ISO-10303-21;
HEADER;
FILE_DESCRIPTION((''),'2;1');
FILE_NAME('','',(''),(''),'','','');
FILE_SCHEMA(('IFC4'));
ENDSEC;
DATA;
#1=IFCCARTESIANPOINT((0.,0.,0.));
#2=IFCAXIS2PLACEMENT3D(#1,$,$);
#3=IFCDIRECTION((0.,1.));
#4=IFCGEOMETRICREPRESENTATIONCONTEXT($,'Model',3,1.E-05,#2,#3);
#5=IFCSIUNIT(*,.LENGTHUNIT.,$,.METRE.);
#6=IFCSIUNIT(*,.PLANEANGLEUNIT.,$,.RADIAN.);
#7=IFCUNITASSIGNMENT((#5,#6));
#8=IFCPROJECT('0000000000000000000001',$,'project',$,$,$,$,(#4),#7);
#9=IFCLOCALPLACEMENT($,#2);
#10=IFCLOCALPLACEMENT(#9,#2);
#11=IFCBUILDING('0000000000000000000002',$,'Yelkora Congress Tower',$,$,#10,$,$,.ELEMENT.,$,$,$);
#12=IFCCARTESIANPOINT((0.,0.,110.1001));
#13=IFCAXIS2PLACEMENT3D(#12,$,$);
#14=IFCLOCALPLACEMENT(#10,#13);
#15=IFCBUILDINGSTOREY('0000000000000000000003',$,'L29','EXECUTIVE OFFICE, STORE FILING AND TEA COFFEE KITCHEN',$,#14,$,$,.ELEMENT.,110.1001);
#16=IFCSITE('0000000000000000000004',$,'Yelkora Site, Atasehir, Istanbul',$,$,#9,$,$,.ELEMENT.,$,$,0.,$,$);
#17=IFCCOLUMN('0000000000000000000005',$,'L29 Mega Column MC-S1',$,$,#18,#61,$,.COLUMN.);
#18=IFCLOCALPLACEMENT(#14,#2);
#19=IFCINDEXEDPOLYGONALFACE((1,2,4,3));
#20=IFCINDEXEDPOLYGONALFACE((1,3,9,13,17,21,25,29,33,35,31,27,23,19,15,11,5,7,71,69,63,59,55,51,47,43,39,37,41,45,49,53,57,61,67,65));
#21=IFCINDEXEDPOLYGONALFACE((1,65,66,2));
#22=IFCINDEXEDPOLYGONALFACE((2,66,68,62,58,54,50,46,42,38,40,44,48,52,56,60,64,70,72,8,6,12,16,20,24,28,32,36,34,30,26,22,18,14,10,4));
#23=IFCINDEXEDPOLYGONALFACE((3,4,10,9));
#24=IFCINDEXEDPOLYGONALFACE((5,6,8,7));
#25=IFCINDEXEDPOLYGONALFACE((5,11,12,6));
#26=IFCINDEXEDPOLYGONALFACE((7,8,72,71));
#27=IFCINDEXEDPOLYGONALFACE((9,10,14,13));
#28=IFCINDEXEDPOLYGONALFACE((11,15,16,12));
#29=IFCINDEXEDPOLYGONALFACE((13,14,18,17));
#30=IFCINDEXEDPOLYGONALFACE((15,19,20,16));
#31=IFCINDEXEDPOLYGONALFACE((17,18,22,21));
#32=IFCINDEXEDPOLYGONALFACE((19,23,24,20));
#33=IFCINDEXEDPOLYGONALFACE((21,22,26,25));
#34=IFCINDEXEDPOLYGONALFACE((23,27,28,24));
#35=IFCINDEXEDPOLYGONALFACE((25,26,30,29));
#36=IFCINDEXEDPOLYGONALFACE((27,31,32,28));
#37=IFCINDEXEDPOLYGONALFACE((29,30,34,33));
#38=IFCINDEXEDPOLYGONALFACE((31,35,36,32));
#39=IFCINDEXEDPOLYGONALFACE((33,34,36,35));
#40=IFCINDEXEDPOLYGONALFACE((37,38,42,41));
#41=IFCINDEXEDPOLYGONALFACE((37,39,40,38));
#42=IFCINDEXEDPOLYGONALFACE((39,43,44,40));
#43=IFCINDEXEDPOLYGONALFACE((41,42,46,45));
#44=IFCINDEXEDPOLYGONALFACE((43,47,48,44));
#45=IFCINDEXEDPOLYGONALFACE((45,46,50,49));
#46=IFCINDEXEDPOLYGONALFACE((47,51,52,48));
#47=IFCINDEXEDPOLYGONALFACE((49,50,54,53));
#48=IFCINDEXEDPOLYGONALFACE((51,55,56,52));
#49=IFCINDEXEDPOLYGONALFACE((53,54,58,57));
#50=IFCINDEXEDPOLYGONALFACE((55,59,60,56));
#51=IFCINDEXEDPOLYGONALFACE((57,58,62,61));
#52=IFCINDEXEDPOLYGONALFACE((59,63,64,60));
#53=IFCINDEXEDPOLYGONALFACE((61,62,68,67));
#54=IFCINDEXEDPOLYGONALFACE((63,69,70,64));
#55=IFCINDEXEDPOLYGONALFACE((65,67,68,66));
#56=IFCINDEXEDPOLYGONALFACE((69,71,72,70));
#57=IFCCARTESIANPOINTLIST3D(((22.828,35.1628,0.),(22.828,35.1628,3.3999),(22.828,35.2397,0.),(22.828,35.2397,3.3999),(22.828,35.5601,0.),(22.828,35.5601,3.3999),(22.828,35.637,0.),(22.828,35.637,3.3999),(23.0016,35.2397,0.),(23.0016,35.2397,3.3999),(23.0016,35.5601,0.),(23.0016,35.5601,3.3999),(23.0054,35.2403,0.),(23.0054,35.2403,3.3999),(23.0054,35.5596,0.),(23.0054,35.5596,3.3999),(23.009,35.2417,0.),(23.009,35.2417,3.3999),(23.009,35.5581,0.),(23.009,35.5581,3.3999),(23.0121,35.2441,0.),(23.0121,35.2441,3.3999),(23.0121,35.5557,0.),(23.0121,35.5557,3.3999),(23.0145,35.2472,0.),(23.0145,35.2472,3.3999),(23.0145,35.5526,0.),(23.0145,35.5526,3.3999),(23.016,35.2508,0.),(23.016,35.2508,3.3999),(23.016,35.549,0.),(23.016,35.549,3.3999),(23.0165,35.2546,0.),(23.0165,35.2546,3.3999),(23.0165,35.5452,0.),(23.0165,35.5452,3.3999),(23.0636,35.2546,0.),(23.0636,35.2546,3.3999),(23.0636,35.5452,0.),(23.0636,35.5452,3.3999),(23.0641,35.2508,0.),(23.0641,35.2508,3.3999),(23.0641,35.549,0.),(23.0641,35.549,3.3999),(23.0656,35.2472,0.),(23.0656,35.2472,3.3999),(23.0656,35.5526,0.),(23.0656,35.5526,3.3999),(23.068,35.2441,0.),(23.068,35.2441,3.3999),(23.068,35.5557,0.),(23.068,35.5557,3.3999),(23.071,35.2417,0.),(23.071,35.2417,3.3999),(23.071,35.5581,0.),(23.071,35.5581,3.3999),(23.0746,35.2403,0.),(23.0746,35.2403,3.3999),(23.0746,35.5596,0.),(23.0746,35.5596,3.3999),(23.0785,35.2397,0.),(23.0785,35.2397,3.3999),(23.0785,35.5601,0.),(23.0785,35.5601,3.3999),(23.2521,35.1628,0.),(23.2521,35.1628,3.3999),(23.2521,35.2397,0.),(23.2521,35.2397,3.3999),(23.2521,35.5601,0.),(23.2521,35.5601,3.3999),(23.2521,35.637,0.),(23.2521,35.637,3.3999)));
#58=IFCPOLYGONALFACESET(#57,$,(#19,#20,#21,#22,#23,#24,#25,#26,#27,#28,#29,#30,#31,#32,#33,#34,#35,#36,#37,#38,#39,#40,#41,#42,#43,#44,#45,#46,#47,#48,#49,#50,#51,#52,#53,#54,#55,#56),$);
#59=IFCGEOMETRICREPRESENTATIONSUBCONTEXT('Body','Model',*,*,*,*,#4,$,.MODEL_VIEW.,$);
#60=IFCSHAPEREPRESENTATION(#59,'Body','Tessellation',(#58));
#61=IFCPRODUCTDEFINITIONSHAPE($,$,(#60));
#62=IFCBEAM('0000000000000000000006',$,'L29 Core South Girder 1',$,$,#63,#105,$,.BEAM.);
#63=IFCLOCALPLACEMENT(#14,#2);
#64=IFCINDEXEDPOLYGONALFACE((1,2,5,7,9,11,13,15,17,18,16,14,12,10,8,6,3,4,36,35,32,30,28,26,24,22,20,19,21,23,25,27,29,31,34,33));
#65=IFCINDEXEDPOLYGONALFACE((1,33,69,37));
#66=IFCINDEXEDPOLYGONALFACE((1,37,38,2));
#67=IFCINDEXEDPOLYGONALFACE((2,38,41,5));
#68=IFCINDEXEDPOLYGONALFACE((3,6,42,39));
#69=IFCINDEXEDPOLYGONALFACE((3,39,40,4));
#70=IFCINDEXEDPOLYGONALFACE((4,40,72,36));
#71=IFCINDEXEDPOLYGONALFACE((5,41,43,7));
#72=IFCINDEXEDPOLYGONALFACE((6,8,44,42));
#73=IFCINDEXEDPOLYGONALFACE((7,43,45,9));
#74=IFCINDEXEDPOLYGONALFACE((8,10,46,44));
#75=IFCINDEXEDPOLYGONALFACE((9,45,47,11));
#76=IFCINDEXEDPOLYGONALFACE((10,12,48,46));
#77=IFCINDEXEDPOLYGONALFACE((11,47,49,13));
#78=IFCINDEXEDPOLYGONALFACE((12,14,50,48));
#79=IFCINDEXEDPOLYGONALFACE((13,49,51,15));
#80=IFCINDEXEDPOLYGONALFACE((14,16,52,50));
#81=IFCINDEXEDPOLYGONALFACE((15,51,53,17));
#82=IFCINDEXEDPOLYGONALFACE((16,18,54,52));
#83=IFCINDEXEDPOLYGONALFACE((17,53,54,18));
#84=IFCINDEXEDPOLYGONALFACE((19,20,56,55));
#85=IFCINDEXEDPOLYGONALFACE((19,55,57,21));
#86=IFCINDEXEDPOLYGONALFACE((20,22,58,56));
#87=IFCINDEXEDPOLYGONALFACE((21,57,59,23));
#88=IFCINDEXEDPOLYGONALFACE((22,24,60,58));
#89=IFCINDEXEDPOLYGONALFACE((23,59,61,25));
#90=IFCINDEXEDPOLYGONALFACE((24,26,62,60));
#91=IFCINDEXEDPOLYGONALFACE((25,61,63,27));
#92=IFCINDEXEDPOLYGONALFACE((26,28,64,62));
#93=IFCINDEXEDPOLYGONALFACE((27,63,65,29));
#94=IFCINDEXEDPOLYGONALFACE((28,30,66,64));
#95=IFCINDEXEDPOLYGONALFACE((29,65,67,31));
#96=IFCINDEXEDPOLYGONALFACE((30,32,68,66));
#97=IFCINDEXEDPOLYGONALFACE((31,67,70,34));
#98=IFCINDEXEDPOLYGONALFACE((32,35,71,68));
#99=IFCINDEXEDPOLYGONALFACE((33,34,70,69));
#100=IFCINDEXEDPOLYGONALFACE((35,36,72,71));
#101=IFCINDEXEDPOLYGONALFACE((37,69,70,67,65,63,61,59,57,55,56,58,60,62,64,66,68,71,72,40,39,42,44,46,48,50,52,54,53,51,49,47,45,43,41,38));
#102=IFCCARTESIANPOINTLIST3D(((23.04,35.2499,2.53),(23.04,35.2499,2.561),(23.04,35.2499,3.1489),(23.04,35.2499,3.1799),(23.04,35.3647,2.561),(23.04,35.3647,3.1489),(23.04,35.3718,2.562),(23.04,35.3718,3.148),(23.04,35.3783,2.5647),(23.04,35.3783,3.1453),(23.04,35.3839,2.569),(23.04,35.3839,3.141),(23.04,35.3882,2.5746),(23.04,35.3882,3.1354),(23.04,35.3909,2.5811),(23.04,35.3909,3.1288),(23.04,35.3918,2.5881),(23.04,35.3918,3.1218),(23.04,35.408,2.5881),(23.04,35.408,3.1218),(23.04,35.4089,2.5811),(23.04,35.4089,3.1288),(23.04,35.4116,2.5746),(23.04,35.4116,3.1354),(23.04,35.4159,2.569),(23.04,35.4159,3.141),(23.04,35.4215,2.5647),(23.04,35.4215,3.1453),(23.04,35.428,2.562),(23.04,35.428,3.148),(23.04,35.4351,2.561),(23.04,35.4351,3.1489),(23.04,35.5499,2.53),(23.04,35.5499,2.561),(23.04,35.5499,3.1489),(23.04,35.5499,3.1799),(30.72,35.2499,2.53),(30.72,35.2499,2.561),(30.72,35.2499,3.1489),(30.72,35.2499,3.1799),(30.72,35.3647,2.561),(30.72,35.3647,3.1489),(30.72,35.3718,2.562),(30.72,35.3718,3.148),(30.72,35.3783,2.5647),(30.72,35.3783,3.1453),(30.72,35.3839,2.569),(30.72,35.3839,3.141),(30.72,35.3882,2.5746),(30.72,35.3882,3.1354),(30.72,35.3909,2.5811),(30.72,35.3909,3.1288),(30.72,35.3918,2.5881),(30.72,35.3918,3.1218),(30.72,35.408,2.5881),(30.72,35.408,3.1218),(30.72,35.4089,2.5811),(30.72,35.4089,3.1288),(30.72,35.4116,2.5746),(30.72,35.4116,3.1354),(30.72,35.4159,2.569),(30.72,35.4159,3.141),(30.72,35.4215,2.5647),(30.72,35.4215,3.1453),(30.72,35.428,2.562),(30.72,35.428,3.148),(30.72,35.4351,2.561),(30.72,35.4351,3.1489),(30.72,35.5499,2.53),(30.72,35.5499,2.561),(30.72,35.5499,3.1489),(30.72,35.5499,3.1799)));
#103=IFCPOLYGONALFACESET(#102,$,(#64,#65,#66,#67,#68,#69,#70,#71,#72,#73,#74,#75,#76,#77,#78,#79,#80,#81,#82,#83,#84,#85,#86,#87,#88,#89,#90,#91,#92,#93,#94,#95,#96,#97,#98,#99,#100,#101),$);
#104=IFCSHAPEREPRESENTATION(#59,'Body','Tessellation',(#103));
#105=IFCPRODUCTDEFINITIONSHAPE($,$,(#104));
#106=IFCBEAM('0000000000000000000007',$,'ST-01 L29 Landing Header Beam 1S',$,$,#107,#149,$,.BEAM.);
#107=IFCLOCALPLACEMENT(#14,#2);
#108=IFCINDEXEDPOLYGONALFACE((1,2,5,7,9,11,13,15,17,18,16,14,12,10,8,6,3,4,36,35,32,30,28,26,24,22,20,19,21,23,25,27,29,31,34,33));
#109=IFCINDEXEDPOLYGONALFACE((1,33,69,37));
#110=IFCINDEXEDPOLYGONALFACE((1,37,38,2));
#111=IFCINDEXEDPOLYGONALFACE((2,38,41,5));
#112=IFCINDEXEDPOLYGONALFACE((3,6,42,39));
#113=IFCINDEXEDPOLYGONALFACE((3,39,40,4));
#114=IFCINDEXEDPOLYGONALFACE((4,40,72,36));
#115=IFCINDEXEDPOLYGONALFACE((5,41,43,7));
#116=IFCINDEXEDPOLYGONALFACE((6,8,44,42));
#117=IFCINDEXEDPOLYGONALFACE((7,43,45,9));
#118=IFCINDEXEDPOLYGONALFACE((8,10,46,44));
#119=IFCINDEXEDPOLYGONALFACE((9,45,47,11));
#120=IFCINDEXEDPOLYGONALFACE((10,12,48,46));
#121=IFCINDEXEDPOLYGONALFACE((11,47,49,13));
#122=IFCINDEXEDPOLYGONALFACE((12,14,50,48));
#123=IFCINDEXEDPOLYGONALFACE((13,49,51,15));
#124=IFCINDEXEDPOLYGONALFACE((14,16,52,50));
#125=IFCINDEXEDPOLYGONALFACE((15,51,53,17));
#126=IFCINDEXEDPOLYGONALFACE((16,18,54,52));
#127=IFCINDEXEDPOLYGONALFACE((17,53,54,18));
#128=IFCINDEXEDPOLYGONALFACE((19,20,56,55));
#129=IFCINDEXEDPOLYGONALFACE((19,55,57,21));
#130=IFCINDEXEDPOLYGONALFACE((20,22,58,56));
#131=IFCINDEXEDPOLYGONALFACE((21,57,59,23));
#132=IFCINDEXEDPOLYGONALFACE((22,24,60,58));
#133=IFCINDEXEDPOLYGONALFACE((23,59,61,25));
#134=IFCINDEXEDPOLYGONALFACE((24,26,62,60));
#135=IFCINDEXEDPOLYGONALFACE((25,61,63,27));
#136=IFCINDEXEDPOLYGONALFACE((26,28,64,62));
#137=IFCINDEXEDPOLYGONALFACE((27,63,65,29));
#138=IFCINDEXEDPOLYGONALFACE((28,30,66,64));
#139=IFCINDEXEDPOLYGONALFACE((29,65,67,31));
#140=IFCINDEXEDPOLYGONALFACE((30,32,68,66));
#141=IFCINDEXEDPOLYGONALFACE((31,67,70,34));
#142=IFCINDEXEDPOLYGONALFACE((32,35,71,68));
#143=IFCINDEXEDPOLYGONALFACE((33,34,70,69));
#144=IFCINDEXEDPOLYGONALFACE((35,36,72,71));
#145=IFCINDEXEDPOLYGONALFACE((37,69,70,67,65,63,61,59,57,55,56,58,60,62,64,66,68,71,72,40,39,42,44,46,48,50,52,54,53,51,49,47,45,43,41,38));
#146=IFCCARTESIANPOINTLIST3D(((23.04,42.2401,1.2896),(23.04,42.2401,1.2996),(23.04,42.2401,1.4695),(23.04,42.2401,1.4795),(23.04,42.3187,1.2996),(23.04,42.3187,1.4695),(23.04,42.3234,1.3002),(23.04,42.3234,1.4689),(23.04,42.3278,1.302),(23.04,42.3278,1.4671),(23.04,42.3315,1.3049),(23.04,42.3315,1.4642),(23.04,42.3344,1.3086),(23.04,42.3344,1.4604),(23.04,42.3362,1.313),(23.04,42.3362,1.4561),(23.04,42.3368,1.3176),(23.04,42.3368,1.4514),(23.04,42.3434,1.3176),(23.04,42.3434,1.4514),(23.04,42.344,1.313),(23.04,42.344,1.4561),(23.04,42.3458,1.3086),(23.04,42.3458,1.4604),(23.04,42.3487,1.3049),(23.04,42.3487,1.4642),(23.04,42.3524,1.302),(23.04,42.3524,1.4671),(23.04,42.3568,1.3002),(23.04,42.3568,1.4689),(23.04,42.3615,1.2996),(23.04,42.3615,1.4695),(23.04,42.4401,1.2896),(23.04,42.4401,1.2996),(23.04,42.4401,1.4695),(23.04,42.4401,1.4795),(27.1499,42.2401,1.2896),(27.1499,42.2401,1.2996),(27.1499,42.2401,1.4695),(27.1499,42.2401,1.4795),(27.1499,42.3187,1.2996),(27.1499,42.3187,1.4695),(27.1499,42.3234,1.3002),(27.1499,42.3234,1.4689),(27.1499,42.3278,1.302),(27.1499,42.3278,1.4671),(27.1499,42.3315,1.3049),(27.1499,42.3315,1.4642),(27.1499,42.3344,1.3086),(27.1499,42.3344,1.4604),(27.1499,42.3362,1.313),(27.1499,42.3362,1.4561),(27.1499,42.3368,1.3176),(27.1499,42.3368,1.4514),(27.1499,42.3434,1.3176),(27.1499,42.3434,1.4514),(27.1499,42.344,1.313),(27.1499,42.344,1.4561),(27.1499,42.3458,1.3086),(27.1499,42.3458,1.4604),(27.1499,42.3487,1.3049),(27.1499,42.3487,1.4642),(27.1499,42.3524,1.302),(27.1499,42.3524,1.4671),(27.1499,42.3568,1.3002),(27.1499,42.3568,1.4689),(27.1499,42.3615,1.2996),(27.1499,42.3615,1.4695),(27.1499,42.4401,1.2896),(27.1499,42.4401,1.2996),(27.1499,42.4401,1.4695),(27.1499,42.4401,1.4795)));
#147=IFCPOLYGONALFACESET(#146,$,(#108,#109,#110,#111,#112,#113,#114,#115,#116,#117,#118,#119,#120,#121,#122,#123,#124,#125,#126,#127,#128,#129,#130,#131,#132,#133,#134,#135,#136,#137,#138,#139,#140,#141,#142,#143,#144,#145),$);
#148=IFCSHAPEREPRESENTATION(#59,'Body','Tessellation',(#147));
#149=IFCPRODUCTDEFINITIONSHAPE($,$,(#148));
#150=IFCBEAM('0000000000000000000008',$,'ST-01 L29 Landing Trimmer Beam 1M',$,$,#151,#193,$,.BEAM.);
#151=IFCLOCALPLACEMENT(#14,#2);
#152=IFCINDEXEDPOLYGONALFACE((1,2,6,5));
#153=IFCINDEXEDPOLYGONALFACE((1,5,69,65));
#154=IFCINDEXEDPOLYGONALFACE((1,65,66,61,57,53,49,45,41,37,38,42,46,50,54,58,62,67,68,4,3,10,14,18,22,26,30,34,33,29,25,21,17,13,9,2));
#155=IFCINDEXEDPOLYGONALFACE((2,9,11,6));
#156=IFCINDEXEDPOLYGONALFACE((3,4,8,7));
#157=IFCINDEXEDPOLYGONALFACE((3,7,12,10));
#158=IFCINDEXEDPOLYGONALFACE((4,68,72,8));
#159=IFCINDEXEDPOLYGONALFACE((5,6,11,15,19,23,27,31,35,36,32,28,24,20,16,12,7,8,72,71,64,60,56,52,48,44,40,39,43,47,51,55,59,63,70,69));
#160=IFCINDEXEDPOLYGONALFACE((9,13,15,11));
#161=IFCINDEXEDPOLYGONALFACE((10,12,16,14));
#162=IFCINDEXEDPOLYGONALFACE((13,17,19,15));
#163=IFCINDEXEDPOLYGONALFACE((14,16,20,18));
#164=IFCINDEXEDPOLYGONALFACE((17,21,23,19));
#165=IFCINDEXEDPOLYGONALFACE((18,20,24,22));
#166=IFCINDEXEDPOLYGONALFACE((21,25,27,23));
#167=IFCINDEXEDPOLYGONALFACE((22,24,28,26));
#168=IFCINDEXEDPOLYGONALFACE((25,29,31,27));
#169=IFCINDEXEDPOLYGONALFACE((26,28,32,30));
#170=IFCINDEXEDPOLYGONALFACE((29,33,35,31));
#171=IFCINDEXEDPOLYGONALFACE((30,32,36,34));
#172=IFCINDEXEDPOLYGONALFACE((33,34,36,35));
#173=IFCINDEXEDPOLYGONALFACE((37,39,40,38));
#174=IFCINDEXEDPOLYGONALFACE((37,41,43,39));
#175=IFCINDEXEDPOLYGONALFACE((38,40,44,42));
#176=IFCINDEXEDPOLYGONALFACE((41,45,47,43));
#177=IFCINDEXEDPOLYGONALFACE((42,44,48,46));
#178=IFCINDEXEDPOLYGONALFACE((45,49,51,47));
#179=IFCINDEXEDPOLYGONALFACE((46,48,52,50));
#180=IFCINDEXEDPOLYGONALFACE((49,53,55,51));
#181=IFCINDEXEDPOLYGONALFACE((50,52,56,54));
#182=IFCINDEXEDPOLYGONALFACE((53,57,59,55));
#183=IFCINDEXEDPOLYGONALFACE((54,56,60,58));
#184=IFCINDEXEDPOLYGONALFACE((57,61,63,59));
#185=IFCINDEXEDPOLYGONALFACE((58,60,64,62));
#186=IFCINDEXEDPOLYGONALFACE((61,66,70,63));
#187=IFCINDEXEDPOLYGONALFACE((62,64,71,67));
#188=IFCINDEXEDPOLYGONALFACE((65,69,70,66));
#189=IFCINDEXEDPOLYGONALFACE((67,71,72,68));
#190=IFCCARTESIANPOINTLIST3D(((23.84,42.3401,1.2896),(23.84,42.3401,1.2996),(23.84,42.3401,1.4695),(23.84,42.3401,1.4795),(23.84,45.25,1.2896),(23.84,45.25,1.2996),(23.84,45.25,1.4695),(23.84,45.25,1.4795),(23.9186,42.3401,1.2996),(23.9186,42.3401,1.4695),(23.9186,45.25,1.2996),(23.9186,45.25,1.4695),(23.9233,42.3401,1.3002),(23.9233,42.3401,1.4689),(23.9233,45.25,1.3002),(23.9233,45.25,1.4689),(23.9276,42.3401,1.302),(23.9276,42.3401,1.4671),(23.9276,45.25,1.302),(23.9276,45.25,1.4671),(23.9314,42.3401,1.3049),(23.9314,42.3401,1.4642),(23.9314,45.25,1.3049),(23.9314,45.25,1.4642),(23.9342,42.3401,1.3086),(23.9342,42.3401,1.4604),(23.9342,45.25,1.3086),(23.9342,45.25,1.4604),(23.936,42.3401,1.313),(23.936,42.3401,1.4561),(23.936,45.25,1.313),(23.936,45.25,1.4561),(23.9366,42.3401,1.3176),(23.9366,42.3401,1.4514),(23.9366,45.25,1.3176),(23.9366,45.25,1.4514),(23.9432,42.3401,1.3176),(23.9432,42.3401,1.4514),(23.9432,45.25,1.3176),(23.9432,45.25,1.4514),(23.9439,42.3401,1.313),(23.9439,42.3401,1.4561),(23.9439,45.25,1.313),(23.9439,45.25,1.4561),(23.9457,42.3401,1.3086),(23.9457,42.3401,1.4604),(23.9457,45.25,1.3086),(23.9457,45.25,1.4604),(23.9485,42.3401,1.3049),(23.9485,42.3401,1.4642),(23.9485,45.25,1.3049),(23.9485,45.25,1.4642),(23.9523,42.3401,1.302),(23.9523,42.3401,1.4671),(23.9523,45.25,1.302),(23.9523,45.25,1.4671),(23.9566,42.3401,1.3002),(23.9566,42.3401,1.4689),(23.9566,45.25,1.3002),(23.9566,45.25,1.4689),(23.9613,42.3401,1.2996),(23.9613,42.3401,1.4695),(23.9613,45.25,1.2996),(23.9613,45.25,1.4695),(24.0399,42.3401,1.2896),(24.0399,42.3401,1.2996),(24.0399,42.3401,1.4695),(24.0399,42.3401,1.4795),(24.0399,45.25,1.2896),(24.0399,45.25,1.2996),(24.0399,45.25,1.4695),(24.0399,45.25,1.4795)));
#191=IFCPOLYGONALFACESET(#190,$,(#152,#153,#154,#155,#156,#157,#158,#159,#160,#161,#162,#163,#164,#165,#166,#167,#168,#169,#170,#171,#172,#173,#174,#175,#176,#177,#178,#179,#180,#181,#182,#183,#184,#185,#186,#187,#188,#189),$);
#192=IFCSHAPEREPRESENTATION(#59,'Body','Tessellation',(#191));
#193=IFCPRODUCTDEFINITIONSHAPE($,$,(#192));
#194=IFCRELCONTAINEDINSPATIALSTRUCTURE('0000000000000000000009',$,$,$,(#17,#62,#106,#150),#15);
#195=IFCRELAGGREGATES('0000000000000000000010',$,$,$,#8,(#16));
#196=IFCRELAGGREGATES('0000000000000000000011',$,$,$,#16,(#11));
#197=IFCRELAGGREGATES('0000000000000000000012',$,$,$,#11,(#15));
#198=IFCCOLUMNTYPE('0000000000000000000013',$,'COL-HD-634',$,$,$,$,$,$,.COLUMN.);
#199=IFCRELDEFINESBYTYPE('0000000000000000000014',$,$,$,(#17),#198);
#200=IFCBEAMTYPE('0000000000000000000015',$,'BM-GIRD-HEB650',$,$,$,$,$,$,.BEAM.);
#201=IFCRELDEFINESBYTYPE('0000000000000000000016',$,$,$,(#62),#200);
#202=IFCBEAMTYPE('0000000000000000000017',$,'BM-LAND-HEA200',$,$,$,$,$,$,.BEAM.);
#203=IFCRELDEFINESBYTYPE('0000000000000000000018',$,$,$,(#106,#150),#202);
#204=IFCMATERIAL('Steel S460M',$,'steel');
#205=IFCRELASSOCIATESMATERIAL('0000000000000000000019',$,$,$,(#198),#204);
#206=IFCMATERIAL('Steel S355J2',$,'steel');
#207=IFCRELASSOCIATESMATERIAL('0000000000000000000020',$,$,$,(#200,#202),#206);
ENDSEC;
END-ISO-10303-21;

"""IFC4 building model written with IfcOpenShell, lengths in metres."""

from ifc_helpers import new_model, si_unit, direction, frame, origin, origin_2d, place, context, subcontext, project, spatial, i_section, extrude, material, material_profile, profile_set, type_object, element, save


model = new_model("IFC4")

# Units and contexts
model_context = context("Model", 3, precision=1e-05, world=origin(), true_north=direction((0.0, 1.0)))
body_context = subcontext(model_context, "Body", "Model", "MODEL_VIEW")
ifc_project = project(units=[si_unit("LENGTHUNIT", "METRE"), si_unit("PLANEANGLEUNIT", "RADIAN")], contexts=[model_context])

# Site, building, storey
site_placement = place(None, origin())
site = spatial("IfcSite", under=ifc_project, at=site_placement, Name="Yelkora Site, Atasehir, Istanbul", CompositionType="ELEMENT", RefElevation=0.0)
building_placement = place(site_placement, origin())
building = spatial("IfcBuilding", under=site, at=building_placement, Name="Yelkora Congress Tower", CompositionType="ELEMENT")
storey_placement = place(building_placement, frame((0.0, 0.0, 110.1001)))
storey = spatial("IfcBuildingStorey", under=building, at=storey_placement, Name="L29", Description="EXECUTIVE OFFICE, STORE FILING AND TEA COFFEE KITCHEN", CompositionType="ELEMENT", Elevation=110.1001)

# Column
ifc_material_1 = material(Name="Steel S460M", Category="steel")
ifc_material_profile_1 = material_profile(ifc_material_1, i_section(OverallWidth=0.4241, OverallDepth=0.4741, WebThickness=0.0471, FlangeThickness=0.0769, FilletRadius=0.0149, at=origin_2d()), Name="HD 400x634")
ifc_profile_set_1 = profile_set([ifc_material_profile_1], Name="Steel S460M")
column_type = type_object("IfcColumnType", Name="COL-HD-634", PredefinedType="COLUMN", material=ifc_profile_set_1)
column_placement = place(storey_placement, frame((23.04, 35.3999, 0.0), z_axis=(0.0, 0.0, 1.0), x_axis=(1.0, 0.0, 0.0)))
element("IfcColumn", 1, at=column_placement, inside=storey, type_object=column_type, Name="L29 Mega Column MC-S1", PredefinedType="COLUMN", context=body_context, shape_type="SweptSolid", body=[
    extrude(i_section(OverallWidth=0.4241, OverallDepth=0.4741, WebThickness=0.0471, FlangeThickness=0.0769, FilletRadius=0.0149, at=origin_2d()), origin(), (0.0, 0.0, 1.0), 3.3999),
])

# Beams
ifc_material_2 = material(Name="Steel S355J2", Category="steel")
ifc_material_profile_2 = material_profile(ifc_material_2, i_section(OverallWidth=0.3, OverallDepth=0.6499, WebThickness=0.0161, FlangeThickness=0.031, FilletRadius=0.0271, at=origin_2d()), Name="HEB 650")
ifc_profile_set_2 = profile_set([ifc_material_profile_2], Name="Steel S355J2")
beam_type_1 = type_object("IfcBeamType", Name="BM-GIRD-HEB650", PredefinedType="BEAM", material=ifc_profile_set_2)
beam_1_placement = place(storey_placement, frame((23.04, 35.3999, 2.855), z_axis=(1.0, 0.0, 0.0), x_axis=(0.0, 1.0, 0.0)))
element("IfcBeam", 2, at=beam_1_placement, inside=storey, type_object=beam_type_1, Name="L29 Core South Girder 1", PredefinedType="BEAM", context=body_context, shape_type="SweptSolid", body=[
    extrude(i_section(OverallWidth=0.3, OverallDepth=0.6499, WebThickness=0.0161, FlangeThickness=0.031, FilletRadius=0.0271, at=origin_2d()), origin(), (0.0, 0.0, 1.0), 7.6799),
])
ifc_material_profile_3 = material_profile(ifc_material_2, i_section(OverallWidth=0.2, OverallDepth=0.1899, WebThickness=0.0066, FlangeThickness=0.01, FilletRadius=0.0181, at=origin_2d()), Name="HEA 200")
ifc_profile_set_3 = profile_set([ifc_material_profile_3], Name="Steel S355J2")
beam_type_2 = type_object("IfcBeamType", Name="BM-LAND-HEA200", PredefinedType="BEAM", material=ifc_profile_set_3)
beam_2_placement = place(storey_placement, frame((23.04, 42.3401, 1.3845), z_axis=(1.0, 0.0, 0.0), x_axis=(0.0, 1.0, 0.0)))
element("IfcBeam", 3, at=beam_2_placement, inside=storey, type_object=beam_type_2, Name="ST-01 L29 Landing Header Beam 1S", PredefinedType="BEAM", context=body_context, shape_type="SweptSolid", body=[
    extrude(i_section(OverallWidth=0.2, OverallDepth=0.1899, WebThickness=0.0066, FlangeThickness=0.01, FilletRadius=0.0181, at=origin_2d()), origin(), (0.0, 0.0, 1.0), 4.1099),
])
beam_3_placement = place(storey_placement, frame((23.9399, 42.3401, 1.3845), z_axis=(0.0, 1.0, 0.0), x_axis=(-1.0, 0.0, 0.0)))
element("IfcBeam", 4, at=beam_3_placement, inside=storey, type_object=beam_type_2, Name="ST-01 L29 Landing Trimmer Beam 1M", PredefinedType="BEAM", context=body_context, shape_type="SweptSolid", body=[
    extrude(i_section(OverallWidth=0.2, OverallDepth=0.1899, WebThickness=0.0066, FlangeThickness=0.01, FilletRadius=0.0181, at=origin_2d()), origin(), (0.0, 0.0, 1.0), 2.9099),
])

save(model, "model.ifc")
